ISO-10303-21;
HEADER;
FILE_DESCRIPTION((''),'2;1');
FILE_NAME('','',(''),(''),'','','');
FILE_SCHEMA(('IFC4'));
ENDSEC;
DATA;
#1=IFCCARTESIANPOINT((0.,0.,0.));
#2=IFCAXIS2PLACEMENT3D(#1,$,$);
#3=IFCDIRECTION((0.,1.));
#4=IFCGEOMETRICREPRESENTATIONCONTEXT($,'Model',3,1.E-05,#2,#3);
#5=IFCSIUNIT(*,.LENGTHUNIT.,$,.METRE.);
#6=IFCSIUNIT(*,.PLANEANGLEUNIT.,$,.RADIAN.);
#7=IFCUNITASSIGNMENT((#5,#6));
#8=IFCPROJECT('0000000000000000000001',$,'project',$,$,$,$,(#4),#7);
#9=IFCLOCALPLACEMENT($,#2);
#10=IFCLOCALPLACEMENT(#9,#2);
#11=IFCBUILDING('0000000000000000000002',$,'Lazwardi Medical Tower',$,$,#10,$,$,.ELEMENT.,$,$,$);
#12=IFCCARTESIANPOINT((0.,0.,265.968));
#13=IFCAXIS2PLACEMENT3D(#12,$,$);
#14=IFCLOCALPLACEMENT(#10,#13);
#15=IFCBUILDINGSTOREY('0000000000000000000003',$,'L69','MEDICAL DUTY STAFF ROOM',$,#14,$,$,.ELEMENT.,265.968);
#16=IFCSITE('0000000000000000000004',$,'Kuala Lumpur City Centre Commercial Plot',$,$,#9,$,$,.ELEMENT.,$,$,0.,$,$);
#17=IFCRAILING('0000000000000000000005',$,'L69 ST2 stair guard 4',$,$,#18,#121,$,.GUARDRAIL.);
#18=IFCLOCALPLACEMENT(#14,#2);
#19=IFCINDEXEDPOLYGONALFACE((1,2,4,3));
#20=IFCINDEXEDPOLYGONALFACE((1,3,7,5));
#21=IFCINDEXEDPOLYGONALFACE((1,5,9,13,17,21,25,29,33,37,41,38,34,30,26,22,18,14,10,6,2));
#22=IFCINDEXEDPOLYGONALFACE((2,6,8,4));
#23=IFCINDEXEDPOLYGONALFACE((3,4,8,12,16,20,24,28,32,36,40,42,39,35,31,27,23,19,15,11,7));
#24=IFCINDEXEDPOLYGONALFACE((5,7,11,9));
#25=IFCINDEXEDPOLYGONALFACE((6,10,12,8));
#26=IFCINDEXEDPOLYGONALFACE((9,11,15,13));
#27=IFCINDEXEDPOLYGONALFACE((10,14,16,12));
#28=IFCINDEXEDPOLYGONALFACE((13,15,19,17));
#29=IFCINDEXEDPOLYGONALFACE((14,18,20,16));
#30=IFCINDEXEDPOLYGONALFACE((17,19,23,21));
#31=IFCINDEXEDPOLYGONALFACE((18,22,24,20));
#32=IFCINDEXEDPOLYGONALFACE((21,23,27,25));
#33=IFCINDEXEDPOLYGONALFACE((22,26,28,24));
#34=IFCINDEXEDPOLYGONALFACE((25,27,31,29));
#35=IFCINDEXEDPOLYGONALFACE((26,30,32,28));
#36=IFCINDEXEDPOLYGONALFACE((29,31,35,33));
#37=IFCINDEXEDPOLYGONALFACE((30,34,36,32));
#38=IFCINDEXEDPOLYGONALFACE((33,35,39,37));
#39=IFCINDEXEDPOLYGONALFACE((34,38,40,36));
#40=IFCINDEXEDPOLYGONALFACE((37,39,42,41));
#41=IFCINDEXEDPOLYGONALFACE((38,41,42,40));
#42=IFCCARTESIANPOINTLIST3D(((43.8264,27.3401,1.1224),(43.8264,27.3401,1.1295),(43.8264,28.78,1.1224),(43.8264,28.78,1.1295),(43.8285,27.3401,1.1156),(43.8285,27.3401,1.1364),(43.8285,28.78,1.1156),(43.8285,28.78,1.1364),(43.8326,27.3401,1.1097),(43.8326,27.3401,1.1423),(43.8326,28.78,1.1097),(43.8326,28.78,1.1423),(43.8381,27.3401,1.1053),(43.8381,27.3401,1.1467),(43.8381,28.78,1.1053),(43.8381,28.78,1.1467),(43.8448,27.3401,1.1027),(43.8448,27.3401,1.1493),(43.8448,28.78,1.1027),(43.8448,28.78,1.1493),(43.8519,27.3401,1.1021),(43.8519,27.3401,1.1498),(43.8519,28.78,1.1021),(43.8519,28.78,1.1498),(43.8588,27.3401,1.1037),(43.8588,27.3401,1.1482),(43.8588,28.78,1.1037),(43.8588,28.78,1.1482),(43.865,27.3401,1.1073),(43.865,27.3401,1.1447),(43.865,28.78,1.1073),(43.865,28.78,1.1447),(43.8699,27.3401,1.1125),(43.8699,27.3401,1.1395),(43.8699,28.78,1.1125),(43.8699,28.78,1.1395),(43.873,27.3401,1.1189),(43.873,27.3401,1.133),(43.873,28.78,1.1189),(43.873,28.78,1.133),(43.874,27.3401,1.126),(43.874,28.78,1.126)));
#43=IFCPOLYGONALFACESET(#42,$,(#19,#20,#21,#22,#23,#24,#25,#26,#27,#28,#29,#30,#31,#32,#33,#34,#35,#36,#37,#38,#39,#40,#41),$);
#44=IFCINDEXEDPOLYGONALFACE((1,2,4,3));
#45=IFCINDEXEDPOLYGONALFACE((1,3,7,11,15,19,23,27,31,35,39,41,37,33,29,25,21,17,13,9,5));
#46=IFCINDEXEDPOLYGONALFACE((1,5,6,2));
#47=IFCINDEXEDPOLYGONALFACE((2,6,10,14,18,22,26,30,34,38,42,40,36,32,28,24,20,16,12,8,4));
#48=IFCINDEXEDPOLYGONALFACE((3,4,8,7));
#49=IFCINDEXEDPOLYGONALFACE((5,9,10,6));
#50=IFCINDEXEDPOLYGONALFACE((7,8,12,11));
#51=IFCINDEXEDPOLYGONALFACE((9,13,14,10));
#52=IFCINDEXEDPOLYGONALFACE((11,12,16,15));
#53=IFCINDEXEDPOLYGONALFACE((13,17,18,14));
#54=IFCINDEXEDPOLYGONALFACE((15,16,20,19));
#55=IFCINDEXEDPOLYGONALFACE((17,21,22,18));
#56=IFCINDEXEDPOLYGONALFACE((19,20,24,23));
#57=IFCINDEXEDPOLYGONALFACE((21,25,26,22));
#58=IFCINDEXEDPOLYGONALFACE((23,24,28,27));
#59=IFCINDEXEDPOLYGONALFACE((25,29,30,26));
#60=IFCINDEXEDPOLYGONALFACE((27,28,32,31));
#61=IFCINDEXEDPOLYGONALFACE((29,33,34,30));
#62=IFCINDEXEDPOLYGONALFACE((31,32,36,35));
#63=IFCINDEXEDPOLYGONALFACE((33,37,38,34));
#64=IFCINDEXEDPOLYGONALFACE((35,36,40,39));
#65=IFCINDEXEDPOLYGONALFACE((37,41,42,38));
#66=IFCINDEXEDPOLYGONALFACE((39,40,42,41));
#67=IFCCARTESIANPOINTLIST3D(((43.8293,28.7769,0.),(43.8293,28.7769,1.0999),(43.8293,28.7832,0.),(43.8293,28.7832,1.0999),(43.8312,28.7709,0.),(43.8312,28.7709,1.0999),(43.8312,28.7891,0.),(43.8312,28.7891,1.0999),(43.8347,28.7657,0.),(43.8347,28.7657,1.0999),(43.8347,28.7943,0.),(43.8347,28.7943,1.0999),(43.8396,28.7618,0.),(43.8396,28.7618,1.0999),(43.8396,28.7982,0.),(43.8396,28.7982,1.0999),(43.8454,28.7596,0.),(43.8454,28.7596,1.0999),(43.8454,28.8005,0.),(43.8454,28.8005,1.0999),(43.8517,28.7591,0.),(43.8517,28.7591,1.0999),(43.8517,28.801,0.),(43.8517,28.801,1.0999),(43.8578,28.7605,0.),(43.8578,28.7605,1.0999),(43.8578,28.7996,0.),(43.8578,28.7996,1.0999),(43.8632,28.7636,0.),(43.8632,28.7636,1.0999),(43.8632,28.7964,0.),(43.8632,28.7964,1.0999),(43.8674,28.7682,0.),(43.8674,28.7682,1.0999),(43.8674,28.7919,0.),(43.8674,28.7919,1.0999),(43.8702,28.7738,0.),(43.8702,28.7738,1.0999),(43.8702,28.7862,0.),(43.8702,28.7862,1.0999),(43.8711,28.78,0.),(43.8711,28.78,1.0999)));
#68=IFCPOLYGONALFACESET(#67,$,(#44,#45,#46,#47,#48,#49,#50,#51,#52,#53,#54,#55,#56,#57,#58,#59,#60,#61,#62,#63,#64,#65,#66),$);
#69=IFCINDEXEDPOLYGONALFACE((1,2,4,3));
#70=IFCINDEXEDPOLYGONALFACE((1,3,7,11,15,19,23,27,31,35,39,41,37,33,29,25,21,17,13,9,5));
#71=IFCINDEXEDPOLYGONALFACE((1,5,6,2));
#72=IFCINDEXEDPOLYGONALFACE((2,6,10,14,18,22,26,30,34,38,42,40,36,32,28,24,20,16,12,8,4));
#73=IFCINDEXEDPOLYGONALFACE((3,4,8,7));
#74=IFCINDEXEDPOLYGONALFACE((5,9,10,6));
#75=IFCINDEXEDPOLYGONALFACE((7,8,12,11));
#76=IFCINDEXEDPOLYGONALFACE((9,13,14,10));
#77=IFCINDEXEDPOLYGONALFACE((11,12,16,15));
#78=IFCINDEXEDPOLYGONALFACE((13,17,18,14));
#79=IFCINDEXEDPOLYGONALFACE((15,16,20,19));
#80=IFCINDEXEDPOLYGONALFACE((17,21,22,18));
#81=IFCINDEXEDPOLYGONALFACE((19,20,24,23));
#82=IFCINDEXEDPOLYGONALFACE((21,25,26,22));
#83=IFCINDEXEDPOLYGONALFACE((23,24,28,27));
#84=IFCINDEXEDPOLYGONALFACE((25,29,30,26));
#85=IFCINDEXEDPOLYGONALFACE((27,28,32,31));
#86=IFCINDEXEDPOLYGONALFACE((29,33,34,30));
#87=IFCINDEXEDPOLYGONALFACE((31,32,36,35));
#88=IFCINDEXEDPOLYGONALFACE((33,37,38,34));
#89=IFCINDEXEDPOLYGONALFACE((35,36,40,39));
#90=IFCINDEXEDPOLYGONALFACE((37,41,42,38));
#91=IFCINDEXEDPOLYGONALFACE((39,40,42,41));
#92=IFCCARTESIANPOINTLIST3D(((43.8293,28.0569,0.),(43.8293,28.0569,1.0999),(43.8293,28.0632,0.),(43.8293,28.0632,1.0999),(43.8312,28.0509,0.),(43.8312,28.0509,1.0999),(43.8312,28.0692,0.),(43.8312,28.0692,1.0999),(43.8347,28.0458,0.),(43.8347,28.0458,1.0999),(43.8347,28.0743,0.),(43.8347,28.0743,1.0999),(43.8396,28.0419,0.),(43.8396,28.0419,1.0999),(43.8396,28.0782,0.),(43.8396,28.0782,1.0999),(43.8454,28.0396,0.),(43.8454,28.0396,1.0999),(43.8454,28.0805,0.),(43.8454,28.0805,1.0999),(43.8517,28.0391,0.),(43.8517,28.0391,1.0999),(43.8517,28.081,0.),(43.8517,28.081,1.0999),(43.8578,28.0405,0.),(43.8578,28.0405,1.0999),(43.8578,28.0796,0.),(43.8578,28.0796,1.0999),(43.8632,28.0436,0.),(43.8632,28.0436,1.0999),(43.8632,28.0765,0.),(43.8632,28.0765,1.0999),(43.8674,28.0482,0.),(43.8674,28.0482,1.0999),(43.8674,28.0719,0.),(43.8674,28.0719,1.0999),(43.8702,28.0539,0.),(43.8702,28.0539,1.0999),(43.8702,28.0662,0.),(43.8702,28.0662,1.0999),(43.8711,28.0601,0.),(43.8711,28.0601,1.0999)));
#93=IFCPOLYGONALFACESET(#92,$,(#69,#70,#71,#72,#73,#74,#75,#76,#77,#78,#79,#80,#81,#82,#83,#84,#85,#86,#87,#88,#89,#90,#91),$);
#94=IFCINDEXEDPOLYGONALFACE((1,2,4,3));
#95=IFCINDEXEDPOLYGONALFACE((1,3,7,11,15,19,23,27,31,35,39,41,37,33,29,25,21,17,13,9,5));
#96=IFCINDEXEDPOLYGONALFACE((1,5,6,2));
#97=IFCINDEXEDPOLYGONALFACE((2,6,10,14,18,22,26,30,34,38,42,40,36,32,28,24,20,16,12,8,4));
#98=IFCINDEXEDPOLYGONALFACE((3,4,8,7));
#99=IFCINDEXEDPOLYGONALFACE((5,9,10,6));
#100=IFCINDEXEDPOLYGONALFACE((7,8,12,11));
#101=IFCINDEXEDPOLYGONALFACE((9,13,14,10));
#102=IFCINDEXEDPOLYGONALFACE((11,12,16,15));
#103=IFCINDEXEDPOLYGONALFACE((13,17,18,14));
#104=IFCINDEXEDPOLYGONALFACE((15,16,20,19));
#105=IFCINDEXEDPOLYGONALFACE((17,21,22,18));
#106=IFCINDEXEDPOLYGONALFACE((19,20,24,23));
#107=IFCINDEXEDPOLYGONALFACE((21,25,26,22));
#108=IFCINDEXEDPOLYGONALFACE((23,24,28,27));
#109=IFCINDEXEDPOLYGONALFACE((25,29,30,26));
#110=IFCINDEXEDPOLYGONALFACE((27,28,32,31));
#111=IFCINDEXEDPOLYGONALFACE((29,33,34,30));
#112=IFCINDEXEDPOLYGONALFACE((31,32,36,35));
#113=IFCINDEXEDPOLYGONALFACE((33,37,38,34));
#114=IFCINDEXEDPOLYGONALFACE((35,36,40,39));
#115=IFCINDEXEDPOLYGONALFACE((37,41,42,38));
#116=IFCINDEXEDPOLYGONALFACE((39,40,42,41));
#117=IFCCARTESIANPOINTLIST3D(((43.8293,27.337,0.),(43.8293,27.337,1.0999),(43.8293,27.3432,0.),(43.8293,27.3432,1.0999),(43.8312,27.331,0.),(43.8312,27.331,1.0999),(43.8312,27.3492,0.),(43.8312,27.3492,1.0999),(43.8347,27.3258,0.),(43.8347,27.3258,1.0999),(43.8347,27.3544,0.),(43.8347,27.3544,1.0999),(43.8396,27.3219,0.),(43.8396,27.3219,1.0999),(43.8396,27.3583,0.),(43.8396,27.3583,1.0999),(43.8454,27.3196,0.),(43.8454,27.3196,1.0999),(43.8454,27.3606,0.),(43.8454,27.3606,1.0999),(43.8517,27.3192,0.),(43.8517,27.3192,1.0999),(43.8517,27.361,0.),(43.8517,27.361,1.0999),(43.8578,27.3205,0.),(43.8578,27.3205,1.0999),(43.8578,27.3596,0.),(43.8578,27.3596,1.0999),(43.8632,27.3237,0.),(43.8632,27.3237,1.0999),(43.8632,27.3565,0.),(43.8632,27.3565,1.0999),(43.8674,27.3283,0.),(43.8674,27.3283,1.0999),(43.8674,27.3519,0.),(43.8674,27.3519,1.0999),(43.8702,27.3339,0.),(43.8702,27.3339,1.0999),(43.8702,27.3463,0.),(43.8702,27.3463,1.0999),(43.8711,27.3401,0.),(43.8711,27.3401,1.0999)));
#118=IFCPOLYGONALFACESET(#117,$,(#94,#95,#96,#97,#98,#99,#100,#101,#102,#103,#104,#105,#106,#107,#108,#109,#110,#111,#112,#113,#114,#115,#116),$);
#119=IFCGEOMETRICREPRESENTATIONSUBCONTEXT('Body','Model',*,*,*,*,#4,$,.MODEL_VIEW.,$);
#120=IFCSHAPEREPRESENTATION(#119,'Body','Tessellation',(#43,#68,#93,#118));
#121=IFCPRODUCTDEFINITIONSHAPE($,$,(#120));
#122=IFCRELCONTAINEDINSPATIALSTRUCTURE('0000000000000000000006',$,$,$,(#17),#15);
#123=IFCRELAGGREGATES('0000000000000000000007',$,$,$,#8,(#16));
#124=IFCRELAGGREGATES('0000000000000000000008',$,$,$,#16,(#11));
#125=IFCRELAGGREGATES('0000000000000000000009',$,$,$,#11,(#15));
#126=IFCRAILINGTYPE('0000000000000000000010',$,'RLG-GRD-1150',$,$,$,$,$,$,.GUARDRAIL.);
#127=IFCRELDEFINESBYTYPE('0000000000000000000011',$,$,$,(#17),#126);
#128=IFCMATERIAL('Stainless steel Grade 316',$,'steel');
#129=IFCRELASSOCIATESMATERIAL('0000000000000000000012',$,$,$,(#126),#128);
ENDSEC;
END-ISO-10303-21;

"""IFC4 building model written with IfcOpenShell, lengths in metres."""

from ifc_helpers import new_model, si_unit, direction, frame, origin, origin_2d, place, context, subcontext, project, spatial, circle, extrude, material, type_object, element, save


model = new_model("IFC4")

# Units and contexts
model_context = context("Model", 3, precision=1e-05, world=origin(), true_north=direction((0.0, 1.0)))
body_context = subcontext(model_context, "Body", "Model", "MODEL_VIEW")
ifc_project = project(units=[si_unit("LENGTHUNIT", "METRE"), si_unit("PLANEANGLEUNIT", "RADIAN")], contexts=[model_context])

# Site, building, storey
site_placement = place(None, origin())
site = spatial("IfcSite", under=ifc_project, at=site_placement, Name="Kuala Lumpur City Centre Commercial Plot", CompositionType="ELEMENT", RefElevation=0.0)
building_placement = place(site_placement, origin())
building = spatial("IfcBuilding", under=site, at=building_placement, Name="Lazwardi Medical Tower", CompositionType="ELEMENT")
storey_placement = place(building_placement, frame((0.0, 0.0, 265.968)))
storey = spatial("IfcBuildingStorey", under=building, at=storey_placement, Name="L69", Description="MEDICAL DUTY STAFF ROOM", CompositionType="ELEMENT", Elevation=265.968)

# Railing
ifc_material_1 = material(Name="Stainless steel Grade 316", Category="steel")
railing_type_1 = type_object("IfcRailingType", Name="RLG-GRD-1150", PredefinedType="GUARDRAIL", material=ifc_material_1)
railing_1_placement = place(storey_placement, frame((43.8501, 28.78, 0.0)))
element("IfcRailing", 1, at=railing_1_placement, inside=storey, type_object=railing_type_1, Name="L69 ST2 stair guard 4", PredefinedType="GUARDRAIL", context=body_context, shape_type="SweptSolid", body=[
    extrude(circle(Radius=0.0239, at=origin_2d()), frame((0.0, 0.0, 1.126), z_axis=(0.0, -1.0, 0.0), x_axis=(1.0, 0.0, 0.0)), (0.0, 0.0, 1.0), 1.4399),
    extrude(circle(Radius=0.021, at=origin_2d()), origin(), (0.0, 0.0, 1.0), 1.0999),
    extrude(circle(Radius=0.021, at=origin_2d()), frame((0.0, -0.72, 0.0)), (0.0, 0.0, 1.0), 1.0999),
    extrude(circle(Radius=0.021, at=origin_2d()), frame((0.0, -1.4399, 0.0)), (0.0, 0.0, 1.0), 1.0999),
])

save(model, "model.ifc")
